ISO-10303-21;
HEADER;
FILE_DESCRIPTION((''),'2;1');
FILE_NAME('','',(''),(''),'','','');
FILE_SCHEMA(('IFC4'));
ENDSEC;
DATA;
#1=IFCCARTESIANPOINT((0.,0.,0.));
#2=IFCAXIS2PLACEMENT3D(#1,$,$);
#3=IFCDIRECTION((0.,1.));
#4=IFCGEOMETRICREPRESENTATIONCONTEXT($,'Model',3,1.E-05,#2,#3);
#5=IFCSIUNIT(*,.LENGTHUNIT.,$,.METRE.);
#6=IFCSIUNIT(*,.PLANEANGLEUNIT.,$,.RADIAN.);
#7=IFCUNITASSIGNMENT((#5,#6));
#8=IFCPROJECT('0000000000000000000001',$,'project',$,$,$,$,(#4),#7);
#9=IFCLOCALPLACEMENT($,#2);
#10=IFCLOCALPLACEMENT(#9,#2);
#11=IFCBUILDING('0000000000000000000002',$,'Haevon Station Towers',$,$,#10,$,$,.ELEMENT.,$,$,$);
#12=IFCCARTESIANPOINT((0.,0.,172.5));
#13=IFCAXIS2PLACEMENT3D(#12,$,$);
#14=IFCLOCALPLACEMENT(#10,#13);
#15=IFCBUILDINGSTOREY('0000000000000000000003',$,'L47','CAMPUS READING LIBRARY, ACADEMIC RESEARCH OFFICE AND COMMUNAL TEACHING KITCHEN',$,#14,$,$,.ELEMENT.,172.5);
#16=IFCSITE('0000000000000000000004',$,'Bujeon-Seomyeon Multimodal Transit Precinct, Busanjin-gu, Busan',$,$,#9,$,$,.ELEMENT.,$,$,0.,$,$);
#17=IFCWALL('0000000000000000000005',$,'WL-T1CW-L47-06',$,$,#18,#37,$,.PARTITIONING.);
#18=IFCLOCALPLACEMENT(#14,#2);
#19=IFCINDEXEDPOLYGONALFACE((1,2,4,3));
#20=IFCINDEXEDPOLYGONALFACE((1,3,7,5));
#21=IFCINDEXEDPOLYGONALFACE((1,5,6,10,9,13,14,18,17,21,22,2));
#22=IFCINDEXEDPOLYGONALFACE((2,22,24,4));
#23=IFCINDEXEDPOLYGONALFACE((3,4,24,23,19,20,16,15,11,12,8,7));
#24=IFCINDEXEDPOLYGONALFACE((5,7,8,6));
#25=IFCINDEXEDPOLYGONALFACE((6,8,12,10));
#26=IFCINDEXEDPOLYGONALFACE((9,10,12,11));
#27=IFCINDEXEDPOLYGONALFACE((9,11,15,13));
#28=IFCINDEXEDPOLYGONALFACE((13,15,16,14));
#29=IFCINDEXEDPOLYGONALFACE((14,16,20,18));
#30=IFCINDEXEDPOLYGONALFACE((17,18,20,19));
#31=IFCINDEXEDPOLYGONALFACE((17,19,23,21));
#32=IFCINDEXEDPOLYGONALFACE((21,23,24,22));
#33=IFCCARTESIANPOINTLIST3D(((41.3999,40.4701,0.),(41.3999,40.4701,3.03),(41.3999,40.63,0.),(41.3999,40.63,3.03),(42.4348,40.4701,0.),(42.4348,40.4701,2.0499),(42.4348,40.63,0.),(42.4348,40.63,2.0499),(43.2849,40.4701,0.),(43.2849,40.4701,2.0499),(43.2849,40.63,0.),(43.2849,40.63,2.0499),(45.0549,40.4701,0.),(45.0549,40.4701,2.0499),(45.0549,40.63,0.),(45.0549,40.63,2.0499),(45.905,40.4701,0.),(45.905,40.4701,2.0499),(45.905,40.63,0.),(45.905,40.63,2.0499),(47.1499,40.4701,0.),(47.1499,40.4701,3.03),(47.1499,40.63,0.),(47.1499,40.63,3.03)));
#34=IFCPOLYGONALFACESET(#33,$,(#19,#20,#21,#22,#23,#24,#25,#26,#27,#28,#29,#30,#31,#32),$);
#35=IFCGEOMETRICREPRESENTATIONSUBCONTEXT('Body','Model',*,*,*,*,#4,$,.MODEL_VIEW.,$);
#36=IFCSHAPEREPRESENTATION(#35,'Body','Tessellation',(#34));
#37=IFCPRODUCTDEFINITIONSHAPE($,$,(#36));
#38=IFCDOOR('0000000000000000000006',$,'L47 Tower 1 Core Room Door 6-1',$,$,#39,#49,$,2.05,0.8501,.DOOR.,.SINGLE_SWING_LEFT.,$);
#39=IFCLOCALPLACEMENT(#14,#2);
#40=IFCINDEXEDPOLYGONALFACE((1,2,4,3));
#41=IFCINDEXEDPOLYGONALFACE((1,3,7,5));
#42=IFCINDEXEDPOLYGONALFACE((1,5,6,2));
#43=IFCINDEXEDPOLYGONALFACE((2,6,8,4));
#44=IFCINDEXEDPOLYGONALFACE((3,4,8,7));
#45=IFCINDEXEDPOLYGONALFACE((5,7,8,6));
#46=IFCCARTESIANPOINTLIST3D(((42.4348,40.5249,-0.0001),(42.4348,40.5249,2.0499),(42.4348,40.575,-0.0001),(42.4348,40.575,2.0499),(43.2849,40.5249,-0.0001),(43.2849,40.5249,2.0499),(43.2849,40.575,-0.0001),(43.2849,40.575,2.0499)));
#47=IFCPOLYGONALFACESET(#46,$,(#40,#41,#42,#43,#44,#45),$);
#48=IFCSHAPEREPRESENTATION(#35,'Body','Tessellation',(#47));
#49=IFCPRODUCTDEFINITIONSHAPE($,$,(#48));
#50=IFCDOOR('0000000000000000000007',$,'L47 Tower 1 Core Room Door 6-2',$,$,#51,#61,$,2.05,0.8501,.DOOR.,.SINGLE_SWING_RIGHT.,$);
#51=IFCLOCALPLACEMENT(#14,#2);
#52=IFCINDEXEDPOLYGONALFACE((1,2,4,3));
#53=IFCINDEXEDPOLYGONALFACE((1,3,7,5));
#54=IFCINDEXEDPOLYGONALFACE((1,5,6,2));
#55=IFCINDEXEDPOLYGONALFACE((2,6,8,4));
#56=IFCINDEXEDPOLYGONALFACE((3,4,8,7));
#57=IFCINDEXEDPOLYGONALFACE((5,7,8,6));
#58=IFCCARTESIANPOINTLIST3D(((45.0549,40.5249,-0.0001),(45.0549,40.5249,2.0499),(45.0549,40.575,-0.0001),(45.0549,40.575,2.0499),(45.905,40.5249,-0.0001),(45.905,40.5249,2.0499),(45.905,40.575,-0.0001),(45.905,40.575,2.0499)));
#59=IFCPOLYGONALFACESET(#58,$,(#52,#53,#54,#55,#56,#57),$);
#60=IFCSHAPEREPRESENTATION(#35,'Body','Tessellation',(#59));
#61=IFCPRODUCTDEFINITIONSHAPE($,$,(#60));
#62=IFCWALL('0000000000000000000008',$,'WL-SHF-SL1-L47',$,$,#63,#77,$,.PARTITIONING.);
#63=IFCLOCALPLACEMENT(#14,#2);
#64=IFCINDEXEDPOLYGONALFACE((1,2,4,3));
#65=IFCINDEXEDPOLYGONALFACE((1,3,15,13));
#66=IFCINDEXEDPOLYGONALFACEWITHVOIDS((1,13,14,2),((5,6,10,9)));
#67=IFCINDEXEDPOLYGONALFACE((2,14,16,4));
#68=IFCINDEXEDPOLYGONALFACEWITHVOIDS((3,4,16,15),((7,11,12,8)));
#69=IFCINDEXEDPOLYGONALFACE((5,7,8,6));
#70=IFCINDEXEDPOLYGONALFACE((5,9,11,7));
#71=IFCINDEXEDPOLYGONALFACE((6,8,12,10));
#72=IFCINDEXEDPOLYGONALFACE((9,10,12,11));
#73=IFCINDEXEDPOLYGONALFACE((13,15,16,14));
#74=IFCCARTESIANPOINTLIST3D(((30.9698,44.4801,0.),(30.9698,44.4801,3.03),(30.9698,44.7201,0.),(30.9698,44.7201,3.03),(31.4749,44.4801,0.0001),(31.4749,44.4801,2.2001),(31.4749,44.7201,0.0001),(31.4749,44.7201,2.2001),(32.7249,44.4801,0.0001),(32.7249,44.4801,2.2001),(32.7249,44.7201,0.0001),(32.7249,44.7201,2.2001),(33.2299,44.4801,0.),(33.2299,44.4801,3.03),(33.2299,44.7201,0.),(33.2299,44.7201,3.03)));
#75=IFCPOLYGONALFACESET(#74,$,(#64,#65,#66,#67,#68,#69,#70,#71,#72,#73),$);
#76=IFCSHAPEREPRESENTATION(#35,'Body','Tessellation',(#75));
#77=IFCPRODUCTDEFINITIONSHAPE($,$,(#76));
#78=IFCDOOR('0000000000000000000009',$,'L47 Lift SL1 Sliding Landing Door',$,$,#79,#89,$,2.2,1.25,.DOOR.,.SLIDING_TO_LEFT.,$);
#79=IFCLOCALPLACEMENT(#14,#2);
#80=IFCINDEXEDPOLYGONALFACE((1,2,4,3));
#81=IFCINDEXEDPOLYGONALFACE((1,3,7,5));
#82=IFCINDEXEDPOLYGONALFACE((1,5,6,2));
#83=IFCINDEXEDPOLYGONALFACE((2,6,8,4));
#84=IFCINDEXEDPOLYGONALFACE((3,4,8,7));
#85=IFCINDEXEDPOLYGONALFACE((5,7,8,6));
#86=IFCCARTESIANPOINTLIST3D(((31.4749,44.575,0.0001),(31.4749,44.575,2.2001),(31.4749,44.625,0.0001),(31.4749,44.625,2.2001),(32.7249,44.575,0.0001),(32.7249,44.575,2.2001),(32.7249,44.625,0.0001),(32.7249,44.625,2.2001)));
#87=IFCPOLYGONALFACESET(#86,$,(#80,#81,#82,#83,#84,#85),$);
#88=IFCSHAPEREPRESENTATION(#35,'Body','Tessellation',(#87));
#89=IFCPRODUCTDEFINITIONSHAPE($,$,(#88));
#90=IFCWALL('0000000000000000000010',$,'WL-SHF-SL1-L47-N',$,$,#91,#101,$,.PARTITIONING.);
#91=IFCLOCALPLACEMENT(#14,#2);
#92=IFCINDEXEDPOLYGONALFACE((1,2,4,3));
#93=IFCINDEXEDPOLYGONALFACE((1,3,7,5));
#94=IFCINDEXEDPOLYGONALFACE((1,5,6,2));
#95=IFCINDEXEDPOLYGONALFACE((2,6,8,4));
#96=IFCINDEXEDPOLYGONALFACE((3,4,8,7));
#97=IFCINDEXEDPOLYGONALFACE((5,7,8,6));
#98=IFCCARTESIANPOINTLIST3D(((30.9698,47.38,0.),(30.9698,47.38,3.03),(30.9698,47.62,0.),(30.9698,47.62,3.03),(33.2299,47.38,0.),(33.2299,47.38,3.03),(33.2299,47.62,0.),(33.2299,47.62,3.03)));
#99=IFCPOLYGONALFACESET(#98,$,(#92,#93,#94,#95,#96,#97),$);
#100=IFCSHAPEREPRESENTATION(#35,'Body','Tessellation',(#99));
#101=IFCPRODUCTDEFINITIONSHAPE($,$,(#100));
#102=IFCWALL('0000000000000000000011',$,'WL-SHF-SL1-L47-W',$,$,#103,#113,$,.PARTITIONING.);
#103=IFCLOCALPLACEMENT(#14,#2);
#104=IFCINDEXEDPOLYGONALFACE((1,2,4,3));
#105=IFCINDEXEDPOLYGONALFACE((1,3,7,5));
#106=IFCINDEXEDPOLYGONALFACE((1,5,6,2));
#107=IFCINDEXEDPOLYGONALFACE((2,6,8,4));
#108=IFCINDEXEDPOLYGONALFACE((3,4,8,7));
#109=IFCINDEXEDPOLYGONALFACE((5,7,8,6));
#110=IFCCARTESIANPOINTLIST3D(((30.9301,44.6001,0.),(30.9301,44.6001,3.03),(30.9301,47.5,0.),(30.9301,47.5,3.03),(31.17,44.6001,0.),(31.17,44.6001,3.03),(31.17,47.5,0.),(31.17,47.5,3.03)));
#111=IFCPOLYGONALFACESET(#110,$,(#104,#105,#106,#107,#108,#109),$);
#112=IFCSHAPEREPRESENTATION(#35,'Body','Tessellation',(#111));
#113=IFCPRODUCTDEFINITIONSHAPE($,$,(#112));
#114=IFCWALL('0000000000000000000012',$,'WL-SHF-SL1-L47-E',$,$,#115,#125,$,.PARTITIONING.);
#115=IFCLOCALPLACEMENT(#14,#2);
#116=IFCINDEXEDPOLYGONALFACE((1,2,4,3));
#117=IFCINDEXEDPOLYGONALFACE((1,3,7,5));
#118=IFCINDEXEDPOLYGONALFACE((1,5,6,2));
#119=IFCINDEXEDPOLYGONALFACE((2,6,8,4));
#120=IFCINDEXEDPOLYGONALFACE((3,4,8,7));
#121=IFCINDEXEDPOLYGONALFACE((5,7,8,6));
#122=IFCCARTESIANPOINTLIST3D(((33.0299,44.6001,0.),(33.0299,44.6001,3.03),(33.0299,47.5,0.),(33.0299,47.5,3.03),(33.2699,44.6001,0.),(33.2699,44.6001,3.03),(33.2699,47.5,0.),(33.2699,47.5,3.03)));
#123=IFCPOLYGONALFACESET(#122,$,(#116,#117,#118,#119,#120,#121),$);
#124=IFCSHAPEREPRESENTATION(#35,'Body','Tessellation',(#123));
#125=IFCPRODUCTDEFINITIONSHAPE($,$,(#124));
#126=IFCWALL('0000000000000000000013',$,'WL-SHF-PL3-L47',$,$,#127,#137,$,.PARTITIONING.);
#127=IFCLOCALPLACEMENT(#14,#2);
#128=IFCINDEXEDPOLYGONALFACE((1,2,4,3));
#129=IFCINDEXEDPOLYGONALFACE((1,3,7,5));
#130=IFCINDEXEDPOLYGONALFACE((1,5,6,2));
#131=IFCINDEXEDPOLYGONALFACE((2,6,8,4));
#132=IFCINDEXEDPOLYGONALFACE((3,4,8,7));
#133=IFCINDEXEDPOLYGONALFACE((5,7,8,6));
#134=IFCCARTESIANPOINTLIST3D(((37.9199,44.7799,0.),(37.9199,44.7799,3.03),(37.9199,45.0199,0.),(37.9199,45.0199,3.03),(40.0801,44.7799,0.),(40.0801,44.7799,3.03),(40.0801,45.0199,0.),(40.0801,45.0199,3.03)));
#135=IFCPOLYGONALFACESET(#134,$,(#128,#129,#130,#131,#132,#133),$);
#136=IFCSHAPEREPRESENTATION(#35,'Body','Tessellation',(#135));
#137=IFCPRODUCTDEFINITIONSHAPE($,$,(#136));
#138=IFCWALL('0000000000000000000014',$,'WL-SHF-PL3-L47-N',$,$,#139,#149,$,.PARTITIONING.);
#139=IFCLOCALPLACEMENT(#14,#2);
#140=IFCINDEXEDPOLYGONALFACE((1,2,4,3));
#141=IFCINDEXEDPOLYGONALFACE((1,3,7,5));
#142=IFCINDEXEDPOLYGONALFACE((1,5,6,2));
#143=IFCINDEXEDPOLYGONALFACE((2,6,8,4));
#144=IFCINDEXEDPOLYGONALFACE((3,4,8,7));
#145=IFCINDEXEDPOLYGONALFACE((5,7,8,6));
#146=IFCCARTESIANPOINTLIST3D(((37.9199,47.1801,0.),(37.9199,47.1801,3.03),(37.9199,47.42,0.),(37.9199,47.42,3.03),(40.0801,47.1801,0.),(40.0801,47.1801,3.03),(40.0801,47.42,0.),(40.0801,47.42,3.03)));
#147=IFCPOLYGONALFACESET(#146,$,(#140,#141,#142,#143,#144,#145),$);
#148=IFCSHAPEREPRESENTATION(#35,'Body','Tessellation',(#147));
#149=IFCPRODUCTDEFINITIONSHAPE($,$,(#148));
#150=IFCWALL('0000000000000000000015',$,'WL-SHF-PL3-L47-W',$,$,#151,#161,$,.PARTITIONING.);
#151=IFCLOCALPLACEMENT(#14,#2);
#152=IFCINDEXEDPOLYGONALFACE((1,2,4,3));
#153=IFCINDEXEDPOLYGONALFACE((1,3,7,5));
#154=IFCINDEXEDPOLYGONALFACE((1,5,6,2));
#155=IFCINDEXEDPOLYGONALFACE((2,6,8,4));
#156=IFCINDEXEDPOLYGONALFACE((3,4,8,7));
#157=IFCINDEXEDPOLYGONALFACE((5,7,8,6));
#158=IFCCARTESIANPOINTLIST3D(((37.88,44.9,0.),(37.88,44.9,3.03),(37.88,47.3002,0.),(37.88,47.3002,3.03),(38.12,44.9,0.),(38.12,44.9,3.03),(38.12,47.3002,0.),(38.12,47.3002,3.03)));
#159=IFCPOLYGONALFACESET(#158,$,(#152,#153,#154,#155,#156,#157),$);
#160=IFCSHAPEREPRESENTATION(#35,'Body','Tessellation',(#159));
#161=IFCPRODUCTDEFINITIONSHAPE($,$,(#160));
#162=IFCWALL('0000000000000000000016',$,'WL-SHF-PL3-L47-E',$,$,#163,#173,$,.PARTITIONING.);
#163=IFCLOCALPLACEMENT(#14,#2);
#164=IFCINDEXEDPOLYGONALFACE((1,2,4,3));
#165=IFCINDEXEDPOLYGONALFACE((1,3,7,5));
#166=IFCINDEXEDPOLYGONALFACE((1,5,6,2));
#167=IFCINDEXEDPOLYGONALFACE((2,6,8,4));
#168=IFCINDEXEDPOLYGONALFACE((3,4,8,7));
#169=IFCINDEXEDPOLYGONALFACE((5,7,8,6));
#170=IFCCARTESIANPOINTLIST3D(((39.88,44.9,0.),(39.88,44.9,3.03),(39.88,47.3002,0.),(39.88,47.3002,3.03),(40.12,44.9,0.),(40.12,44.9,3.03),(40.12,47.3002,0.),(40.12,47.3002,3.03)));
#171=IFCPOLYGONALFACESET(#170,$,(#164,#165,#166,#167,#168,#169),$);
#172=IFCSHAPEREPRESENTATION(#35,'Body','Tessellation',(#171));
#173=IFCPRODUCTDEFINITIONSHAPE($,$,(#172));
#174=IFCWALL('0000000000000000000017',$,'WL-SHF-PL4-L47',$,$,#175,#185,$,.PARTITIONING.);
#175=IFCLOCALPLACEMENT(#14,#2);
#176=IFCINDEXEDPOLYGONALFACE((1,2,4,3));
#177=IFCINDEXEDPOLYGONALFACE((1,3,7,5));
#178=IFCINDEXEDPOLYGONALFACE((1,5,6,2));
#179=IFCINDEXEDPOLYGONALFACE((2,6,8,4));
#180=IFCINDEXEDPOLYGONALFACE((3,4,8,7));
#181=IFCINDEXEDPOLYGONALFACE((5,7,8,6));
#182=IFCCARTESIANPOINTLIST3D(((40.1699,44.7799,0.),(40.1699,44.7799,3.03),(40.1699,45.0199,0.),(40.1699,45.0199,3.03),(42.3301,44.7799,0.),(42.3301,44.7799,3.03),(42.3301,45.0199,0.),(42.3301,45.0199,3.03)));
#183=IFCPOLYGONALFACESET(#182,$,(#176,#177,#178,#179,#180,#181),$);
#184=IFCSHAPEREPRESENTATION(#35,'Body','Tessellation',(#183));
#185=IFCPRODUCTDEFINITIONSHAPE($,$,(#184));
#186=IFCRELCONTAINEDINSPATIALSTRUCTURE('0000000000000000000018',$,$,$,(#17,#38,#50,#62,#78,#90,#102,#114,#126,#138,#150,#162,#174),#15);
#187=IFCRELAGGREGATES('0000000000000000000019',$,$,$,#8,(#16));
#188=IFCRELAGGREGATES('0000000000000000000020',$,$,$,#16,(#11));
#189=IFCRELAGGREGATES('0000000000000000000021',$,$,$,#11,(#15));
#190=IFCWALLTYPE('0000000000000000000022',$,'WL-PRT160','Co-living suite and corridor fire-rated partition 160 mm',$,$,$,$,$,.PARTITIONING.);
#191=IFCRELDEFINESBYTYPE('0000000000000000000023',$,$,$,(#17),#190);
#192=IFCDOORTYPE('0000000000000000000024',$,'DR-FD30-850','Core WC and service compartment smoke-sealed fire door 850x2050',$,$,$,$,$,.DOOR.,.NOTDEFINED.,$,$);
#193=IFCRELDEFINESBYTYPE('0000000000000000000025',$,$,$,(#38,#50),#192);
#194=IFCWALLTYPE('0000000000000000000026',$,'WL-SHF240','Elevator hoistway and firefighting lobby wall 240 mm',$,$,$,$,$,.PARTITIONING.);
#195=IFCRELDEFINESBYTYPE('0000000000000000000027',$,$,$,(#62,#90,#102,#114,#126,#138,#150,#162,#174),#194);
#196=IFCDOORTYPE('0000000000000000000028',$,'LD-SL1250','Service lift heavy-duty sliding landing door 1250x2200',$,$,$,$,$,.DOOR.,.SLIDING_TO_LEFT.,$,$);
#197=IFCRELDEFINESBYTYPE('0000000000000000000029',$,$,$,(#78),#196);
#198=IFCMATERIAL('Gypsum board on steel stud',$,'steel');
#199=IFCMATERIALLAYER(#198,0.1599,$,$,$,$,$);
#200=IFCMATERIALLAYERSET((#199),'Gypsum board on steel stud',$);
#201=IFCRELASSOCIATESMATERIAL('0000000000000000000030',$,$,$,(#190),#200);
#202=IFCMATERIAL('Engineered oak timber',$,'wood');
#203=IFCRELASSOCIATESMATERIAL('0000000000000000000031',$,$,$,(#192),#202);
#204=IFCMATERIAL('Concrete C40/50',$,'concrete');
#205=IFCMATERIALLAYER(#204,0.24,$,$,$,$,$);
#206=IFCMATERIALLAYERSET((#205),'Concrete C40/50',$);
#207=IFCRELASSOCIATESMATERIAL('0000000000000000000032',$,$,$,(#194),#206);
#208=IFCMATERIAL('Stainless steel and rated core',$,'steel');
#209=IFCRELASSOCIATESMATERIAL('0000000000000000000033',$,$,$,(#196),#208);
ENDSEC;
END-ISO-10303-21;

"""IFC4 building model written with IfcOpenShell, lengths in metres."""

from ifc_helpers import new_model, si_unit, direction, frame, frame_2d, origin, place, context, subcontext, project, spatial, rectangle, extrude, material, layer, layer_set, type_object, element, fill, save


model = new_model("IFC4")

# Units and contexts
model_context = context("Model", 3, precision=1e-05, world=origin(), true_north=direction((0.0, 1.0)))
body_context = subcontext(model_context, "Body", "Model", "MODEL_VIEW")
ifc_project = project(units=[si_unit("LENGTHUNIT", "METRE"), si_unit("PLANEANGLEUNIT", "RADIAN")], contexts=[model_context])

# Site, building, storey
site_placement = place(None, origin())
site = spatial("IfcSite", under=ifc_project, at=site_placement, Name="Bujeon-Seomyeon Multimodal Transit Precinct, Busanjin-gu, Busan", CompositionType="ELEMENT", RefElevation=0.0)
building_placement = place(site_placement, origin())
building = spatial("IfcBuilding", under=site, at=building_placement, Name="Haevon Station Towers", CompositionType="ELEMENT")
storey_placement = place(building_placement, frame((0.0, 0.0, 172.5)))
storey = spatial("IfcBuildingStorey", under=building, at=storey_placement, Name="L47", Description="CAMPUS READING LIBRARY, ACADEMIC RESEARCH OFFICE AND COMMUNAL TEACHING KITCHEN", CompositionType="ELEMENT", Elevation=172.5)

# Shared definitions
ifc_material_1 = material(Name="Gypsum board on steel stud", Category="steel")
ifc_layer_1 = layer(ifc_material_1, 0.1599)
ifc_layer_set_1 = layer_set([ifc_layer_1], Name="Gypsum board on steel stud")
wall_type_1 = type_object("IfcWallType", Name="WL-PRT160", Description="Co-living suite and corridor fire-rated partition 160 mm", PredefinedType="PARTITIONING", material=ifc_layer_set_1)
ifc_material_2 = material(Name="Engineered oak timber", Category="wood")

# Wall, openings, doors
wall_1_placement = place(storey_placement, frame((41.3999, 40.55, 0.0), z_axis=(0.0, 0.0, 1.0), x_axis=(1.0, 0.0, 0.0)))
wall_1 = element("IfcWall", 1, at=wall_1_placement, inside=storey, type_object=wall_type_1, Name="WL-T1CW-L47-06", PredefinedType="PARTITIONING", context=body_context, shape_type="SweptSolid", body=[
    extrude(rectangle(XDim=5.75, YDim=0.1599, at=frame_2d((2.875, 0.0))), origin(), (0.0, 0.0, 1.0), 3.03),
])
opening_1_placement = place(wall_1_placement, frame((1.0349, 0.0, 0.0)))
opening_1 = element("IfcOpeningElement", 2, at=opening_1_placement, cuts=wall_1, PredefinedType="OPENING", context=body_context, shape_type="SweptSolid", body=[
    extrude(rectangle(XDim=0.8501, YDim=2.05, at=frame_2d((0.425, 1.0249))), frame((0.0, 0.0898, 0.0), z_axis=(0.0, -1.0, 0.0), x_axis=(1.0, 0.0, 0.0)), (0.0, 0.0, 1.0), 0.1799),
])
opening_2_placement = place(wall_1_placement, frame((3.655, 0.0, 0.0)))
opening_2 = element("IfcOpeningElement", 3, at=opening_2_placement, cuts=wall_1, PredefinedType="OPENING", context=body_context, shape_type="SweptSolid", body=[
    extrude(rectangle(XDim=0.8501, YDim=2.05, at=frame_2d((0.425, 1.0249))), frame((0.0, 0.0898, 0.0), z_axis=(0.0, -1.0, 0.0), x_axis=(1.0, 0.0, 0.0)), (0.0, 0.0, 1.0), 0.1799),
])
door_type_1 = type_object("IfcDoorType", Name="DR-FD30-850", Description="Core WC and service compartment smoke-sealed fire door 850x2050", OperationType="NOTDEFINED", PredefinedType="DOOR", material=ifc_material_2)
door_1_placement = place(opening_1_placement, origin())
door_1 = element("IfcDoor", 4, at=door_1_placement, inside=storey, type_object=door_type_1, Name="L47 Tower 1 Core Room Door 6-1", OperationType="SINGLE_SWING_LEFT", OverallHeight=2.05, OverallWidth=0.8501, PredefinedType="DOOR", context=body_context, shape_type="SweptSolid", body=[
    extrude(rectangle(XDim=0.8501, YDim=2.05, at=frame_2d((0.425, 1.0249))), frame((0.0, 0.0249, 0.0), z_axis=(0.0, -1.0, 0.0), x_axis=(1.0, 0.0, 0.0)), (0.0, 0.0, 1.0), 0.05),
])
fill(opening_1, door_1)
door_2_placement = place(opening_2_placement, origin())
door_2 = element("IfcDoor", 5, at=door_2_placement, inside=storey, type_object=door_type_1, Name="L47 Tower 1 Core Room Door 6-2", OperationType="SINGLE_SWING_RIGHT", OverallHeight=2.05, OverallWidth=0.8501, PredefinedType="DOOR", context=body_context, shape_type="SweptSolid", body=[
    extrude(rectangle(XDim=0.8501, YDim=2.05, at=frame_2d((0.425, 1.0249))), frame((0.0, 0.0249, 0.0), z_axis=(0.0, -1.0, 0.0), x_axis=(1.0, 0.0, 0.0)), (0.0, 0.0, 1.0), 0.05),
])
fill(opening_2, door_2)

# Wall, opening, door
ifc_material_3 = material(Name="Concrete C40/50", Category="concrete")
ifc_layer_2 = layer(ifc_material_3, 0.24)
ifc_layer_set_2 = layer_set([ifc_layer_2], Name="Concrete C40/50")
wall_type_2 = type_object("IfcWallType", Name="WL-SHF240", Description="Elevator hoistway and firefighting lobby wall 240 mm", PredefinedType="PARTITIONING", material=ifc_layer_set_2)
wall_2_placement = place(storey_placement, frame((30.97, 44.6001, 0.0), z_axis=(0.0, 0.0, 1.0), x_axis=(1.0, 0.0, 0.0)))
wall_2 = element("IfcWall", 6, at=wall_2_placement, inside=storey, type_object=wall_type_2, Name="WL-SHF-SL1-L47", PredefinedType="PARTITIONING", context=body_context, shape_type="SweptSolid", body=[
    extrude(rectangle(XDim=2.26, YDim=0.24, at=frame_2d((1.1299, 0.0))), origin(), (0.0, 0.0, 1.0), 3.03),
])
opening_3_placement = place(wall_2_placement, frame((0.5049, 0.0, 0.0)))
opening_3 = element("IfcOpeningElement", 7, at=opening_3_placement, cuts=wall_2, PredefinedType="OPENING", context=body_context, shape_type="SweptSolid", body=[
    extrude(rectangle(XDim=1.25, YDim=2.2, at=frame_2d((0.625, 1.1001))), frame((0.0, 0.1299, 0.0), z_axis=(0.0, -1.0, 0.0), x_axis=(1.0, 0.0, 0.0)), (0.0, 0.0, 1.0), 0.26),
])
ifc_material_4 = material(Name="Stainless steel and rated core", Category="steel")
door_type_2 = type_object("IfcDoorType", Name="LD-SL1250", Description="Service lift heavy-duty sliding landing door 1250x2200", OperationType="SLIDING_TO_LEFT", PredefinedType="DOOR", material=ifc_material_4)
door_3_placement = place(opening_3_placement, origin())
door_3 = element("IfcDoor", 8, at=door_3_placement, inside=storey, type_object=door_type_2, Name="L47 Lift SL1 Sliding Landing Door", OperationType="SLIDING_TO_LEFT", OverallHeight=2.2, OverallWidth=1.25, PredefinedType="DOOR", context=body_context, shape_type="SweptSolid", body=[
    extrude(rectangle(XDim=1.25, YDim=2.2, at=frame_2d((0.625, 1.1001))), frame((0.0, 0.0249, 0.0), z_axis=(0.0, -1.0, 0.0), x_axis=(1.0, 0.0, 0.0)), (0.0, 0.0, 1.0), 0.05),
])
fill(opening_3, door_3)

# Walls
wall_3_placement = place(storey_placement, frame((30.97, 47.5, 0.0), z_axis=(0.0, 0.0, 1.0), x_axis=(1.0, 0.0, 0.0)))
element("IfcWall", 9, at=wall_3_placement, inside=storey, type_object=wall_type_2, Name="WL-SHF-SL1-L47-N", PredefinedType="PARTITIONING", context=body_context, shape_type="SweptSolid", body=[
    extrude(rectangle(XDim=2.26, YDim=0.24, at=frame_2d((1.1299, 0.0))), origin(), (0.0, 0.0, 1.0), 3.03),
])
for number, where, z_axis, x_axis, name in (
    (10, (31.05, 44.6001, 0.0), (0.0, 0.0, 1.0), (0.0, 1.0, 0.0), "WL-SHF-SL1-L47-W"),
    (11, (33.1499, 44.6001, 0.0), (0.0, 0.0, 1.0), (0.0, 1.0, 0.0), "WL-SHF-SL1-L47-E"),
):
    element("IfcWall", number, at=place(storey_placement, frame(where, z_axis=z_axis, x_axis=x_axis)), inside=storey, type_object=wall_type_2, Name=name, PredefinedType="PARTITIONING", context=body_context, shape_type="SweptSolid", body=[
        extrude(rectangle(XDim=2.8999, YDim=0.24, at=frame_2d((1.45, 0.0))), origin(), (0.0, 0.0, 1.0), 3.03),
    ])
for number, where, z_axis, x_axis, name in (
    (12, (37.9199, 44.8999, 0.0), (0.0, 0.0, 1.0), (1.0, 0.0, 0.0), "WL-SHF-PL3-L47"),
    (13, (37.9199, 47.3, 0.0), (0.0, 0.0, 1.0), (1.0, 0.0, 0.0), "WL-SHF-PL3-L47-N"),
):
    element("IfcWall", number, at=place(storey_placement, frame(where, z_axis=z_axis, x_axis=x_axis)), inside=storey, type_object=wall_type_2, Name=name, PredefinedType="PARTITIONING", context=body_context, shape_type="SweptSolid", body=[
        extrude(rectangle(XDim=2.1602, YDim=0.24, at=frame_2d((1.0801, 0.0))), origin(), (0.0, 0.0, 1.0), 3.03),
    ])
for number, where, z_axis, x_axis, name in (
    (14, (38.0, 44.8999, 0.0), (0.0, 0.0, 1.0), (0.0, 1.0, 0.0), "WL-SHF-PL3-L47-W"),
    (15, (40.0, 44.8999, 0.0), (0.0, 0.0, 1.0), (0.0, 1.0, 0.0), "WL-SHF-PL3-L47-E"),
):
    element("IfcWall", number, at=place(storey_placement, frame(where, z_axis=z_axis, x_axis=x_axis)), inside=storey, type_object=wall_type_2, Name=name, PredefinedType="PARTITIONING", context=body_context, shape_type="SweptSolid", body=[
        extrude(rectangle(XDim=2.4001, YDim=0.24, at=frame_2d((1.2002, 0.0))), origin(), (0.0, 0.0, 1.0), 3.03),
    ])
for number, where, z_axis, x_axis, name in (
    (16, (40.1699, 44.8999, 0.0), (0.0, 0.0, 1.0), (1.0, 0.0, 0.0), "WL-SHF-PL4-L47"),
):
    element("IfcWall", number, at=place(storey_placement, frame(where, z_axis=z_axis, x_axis=x_axis)), inside=storey, type_object=wall_type_2, Name=name, PredefinedType="PARTITIONING", context=body_context, shape_type="SweptSolid", body=[
        extrude(rectangle(XDim=2.1602, YDim=0.24, at=frame_2d((1.0801, 0.0))), origin(), (0.0, 0.0, 1.0), 3.03),
    ])

save(model, "model.ifc")
